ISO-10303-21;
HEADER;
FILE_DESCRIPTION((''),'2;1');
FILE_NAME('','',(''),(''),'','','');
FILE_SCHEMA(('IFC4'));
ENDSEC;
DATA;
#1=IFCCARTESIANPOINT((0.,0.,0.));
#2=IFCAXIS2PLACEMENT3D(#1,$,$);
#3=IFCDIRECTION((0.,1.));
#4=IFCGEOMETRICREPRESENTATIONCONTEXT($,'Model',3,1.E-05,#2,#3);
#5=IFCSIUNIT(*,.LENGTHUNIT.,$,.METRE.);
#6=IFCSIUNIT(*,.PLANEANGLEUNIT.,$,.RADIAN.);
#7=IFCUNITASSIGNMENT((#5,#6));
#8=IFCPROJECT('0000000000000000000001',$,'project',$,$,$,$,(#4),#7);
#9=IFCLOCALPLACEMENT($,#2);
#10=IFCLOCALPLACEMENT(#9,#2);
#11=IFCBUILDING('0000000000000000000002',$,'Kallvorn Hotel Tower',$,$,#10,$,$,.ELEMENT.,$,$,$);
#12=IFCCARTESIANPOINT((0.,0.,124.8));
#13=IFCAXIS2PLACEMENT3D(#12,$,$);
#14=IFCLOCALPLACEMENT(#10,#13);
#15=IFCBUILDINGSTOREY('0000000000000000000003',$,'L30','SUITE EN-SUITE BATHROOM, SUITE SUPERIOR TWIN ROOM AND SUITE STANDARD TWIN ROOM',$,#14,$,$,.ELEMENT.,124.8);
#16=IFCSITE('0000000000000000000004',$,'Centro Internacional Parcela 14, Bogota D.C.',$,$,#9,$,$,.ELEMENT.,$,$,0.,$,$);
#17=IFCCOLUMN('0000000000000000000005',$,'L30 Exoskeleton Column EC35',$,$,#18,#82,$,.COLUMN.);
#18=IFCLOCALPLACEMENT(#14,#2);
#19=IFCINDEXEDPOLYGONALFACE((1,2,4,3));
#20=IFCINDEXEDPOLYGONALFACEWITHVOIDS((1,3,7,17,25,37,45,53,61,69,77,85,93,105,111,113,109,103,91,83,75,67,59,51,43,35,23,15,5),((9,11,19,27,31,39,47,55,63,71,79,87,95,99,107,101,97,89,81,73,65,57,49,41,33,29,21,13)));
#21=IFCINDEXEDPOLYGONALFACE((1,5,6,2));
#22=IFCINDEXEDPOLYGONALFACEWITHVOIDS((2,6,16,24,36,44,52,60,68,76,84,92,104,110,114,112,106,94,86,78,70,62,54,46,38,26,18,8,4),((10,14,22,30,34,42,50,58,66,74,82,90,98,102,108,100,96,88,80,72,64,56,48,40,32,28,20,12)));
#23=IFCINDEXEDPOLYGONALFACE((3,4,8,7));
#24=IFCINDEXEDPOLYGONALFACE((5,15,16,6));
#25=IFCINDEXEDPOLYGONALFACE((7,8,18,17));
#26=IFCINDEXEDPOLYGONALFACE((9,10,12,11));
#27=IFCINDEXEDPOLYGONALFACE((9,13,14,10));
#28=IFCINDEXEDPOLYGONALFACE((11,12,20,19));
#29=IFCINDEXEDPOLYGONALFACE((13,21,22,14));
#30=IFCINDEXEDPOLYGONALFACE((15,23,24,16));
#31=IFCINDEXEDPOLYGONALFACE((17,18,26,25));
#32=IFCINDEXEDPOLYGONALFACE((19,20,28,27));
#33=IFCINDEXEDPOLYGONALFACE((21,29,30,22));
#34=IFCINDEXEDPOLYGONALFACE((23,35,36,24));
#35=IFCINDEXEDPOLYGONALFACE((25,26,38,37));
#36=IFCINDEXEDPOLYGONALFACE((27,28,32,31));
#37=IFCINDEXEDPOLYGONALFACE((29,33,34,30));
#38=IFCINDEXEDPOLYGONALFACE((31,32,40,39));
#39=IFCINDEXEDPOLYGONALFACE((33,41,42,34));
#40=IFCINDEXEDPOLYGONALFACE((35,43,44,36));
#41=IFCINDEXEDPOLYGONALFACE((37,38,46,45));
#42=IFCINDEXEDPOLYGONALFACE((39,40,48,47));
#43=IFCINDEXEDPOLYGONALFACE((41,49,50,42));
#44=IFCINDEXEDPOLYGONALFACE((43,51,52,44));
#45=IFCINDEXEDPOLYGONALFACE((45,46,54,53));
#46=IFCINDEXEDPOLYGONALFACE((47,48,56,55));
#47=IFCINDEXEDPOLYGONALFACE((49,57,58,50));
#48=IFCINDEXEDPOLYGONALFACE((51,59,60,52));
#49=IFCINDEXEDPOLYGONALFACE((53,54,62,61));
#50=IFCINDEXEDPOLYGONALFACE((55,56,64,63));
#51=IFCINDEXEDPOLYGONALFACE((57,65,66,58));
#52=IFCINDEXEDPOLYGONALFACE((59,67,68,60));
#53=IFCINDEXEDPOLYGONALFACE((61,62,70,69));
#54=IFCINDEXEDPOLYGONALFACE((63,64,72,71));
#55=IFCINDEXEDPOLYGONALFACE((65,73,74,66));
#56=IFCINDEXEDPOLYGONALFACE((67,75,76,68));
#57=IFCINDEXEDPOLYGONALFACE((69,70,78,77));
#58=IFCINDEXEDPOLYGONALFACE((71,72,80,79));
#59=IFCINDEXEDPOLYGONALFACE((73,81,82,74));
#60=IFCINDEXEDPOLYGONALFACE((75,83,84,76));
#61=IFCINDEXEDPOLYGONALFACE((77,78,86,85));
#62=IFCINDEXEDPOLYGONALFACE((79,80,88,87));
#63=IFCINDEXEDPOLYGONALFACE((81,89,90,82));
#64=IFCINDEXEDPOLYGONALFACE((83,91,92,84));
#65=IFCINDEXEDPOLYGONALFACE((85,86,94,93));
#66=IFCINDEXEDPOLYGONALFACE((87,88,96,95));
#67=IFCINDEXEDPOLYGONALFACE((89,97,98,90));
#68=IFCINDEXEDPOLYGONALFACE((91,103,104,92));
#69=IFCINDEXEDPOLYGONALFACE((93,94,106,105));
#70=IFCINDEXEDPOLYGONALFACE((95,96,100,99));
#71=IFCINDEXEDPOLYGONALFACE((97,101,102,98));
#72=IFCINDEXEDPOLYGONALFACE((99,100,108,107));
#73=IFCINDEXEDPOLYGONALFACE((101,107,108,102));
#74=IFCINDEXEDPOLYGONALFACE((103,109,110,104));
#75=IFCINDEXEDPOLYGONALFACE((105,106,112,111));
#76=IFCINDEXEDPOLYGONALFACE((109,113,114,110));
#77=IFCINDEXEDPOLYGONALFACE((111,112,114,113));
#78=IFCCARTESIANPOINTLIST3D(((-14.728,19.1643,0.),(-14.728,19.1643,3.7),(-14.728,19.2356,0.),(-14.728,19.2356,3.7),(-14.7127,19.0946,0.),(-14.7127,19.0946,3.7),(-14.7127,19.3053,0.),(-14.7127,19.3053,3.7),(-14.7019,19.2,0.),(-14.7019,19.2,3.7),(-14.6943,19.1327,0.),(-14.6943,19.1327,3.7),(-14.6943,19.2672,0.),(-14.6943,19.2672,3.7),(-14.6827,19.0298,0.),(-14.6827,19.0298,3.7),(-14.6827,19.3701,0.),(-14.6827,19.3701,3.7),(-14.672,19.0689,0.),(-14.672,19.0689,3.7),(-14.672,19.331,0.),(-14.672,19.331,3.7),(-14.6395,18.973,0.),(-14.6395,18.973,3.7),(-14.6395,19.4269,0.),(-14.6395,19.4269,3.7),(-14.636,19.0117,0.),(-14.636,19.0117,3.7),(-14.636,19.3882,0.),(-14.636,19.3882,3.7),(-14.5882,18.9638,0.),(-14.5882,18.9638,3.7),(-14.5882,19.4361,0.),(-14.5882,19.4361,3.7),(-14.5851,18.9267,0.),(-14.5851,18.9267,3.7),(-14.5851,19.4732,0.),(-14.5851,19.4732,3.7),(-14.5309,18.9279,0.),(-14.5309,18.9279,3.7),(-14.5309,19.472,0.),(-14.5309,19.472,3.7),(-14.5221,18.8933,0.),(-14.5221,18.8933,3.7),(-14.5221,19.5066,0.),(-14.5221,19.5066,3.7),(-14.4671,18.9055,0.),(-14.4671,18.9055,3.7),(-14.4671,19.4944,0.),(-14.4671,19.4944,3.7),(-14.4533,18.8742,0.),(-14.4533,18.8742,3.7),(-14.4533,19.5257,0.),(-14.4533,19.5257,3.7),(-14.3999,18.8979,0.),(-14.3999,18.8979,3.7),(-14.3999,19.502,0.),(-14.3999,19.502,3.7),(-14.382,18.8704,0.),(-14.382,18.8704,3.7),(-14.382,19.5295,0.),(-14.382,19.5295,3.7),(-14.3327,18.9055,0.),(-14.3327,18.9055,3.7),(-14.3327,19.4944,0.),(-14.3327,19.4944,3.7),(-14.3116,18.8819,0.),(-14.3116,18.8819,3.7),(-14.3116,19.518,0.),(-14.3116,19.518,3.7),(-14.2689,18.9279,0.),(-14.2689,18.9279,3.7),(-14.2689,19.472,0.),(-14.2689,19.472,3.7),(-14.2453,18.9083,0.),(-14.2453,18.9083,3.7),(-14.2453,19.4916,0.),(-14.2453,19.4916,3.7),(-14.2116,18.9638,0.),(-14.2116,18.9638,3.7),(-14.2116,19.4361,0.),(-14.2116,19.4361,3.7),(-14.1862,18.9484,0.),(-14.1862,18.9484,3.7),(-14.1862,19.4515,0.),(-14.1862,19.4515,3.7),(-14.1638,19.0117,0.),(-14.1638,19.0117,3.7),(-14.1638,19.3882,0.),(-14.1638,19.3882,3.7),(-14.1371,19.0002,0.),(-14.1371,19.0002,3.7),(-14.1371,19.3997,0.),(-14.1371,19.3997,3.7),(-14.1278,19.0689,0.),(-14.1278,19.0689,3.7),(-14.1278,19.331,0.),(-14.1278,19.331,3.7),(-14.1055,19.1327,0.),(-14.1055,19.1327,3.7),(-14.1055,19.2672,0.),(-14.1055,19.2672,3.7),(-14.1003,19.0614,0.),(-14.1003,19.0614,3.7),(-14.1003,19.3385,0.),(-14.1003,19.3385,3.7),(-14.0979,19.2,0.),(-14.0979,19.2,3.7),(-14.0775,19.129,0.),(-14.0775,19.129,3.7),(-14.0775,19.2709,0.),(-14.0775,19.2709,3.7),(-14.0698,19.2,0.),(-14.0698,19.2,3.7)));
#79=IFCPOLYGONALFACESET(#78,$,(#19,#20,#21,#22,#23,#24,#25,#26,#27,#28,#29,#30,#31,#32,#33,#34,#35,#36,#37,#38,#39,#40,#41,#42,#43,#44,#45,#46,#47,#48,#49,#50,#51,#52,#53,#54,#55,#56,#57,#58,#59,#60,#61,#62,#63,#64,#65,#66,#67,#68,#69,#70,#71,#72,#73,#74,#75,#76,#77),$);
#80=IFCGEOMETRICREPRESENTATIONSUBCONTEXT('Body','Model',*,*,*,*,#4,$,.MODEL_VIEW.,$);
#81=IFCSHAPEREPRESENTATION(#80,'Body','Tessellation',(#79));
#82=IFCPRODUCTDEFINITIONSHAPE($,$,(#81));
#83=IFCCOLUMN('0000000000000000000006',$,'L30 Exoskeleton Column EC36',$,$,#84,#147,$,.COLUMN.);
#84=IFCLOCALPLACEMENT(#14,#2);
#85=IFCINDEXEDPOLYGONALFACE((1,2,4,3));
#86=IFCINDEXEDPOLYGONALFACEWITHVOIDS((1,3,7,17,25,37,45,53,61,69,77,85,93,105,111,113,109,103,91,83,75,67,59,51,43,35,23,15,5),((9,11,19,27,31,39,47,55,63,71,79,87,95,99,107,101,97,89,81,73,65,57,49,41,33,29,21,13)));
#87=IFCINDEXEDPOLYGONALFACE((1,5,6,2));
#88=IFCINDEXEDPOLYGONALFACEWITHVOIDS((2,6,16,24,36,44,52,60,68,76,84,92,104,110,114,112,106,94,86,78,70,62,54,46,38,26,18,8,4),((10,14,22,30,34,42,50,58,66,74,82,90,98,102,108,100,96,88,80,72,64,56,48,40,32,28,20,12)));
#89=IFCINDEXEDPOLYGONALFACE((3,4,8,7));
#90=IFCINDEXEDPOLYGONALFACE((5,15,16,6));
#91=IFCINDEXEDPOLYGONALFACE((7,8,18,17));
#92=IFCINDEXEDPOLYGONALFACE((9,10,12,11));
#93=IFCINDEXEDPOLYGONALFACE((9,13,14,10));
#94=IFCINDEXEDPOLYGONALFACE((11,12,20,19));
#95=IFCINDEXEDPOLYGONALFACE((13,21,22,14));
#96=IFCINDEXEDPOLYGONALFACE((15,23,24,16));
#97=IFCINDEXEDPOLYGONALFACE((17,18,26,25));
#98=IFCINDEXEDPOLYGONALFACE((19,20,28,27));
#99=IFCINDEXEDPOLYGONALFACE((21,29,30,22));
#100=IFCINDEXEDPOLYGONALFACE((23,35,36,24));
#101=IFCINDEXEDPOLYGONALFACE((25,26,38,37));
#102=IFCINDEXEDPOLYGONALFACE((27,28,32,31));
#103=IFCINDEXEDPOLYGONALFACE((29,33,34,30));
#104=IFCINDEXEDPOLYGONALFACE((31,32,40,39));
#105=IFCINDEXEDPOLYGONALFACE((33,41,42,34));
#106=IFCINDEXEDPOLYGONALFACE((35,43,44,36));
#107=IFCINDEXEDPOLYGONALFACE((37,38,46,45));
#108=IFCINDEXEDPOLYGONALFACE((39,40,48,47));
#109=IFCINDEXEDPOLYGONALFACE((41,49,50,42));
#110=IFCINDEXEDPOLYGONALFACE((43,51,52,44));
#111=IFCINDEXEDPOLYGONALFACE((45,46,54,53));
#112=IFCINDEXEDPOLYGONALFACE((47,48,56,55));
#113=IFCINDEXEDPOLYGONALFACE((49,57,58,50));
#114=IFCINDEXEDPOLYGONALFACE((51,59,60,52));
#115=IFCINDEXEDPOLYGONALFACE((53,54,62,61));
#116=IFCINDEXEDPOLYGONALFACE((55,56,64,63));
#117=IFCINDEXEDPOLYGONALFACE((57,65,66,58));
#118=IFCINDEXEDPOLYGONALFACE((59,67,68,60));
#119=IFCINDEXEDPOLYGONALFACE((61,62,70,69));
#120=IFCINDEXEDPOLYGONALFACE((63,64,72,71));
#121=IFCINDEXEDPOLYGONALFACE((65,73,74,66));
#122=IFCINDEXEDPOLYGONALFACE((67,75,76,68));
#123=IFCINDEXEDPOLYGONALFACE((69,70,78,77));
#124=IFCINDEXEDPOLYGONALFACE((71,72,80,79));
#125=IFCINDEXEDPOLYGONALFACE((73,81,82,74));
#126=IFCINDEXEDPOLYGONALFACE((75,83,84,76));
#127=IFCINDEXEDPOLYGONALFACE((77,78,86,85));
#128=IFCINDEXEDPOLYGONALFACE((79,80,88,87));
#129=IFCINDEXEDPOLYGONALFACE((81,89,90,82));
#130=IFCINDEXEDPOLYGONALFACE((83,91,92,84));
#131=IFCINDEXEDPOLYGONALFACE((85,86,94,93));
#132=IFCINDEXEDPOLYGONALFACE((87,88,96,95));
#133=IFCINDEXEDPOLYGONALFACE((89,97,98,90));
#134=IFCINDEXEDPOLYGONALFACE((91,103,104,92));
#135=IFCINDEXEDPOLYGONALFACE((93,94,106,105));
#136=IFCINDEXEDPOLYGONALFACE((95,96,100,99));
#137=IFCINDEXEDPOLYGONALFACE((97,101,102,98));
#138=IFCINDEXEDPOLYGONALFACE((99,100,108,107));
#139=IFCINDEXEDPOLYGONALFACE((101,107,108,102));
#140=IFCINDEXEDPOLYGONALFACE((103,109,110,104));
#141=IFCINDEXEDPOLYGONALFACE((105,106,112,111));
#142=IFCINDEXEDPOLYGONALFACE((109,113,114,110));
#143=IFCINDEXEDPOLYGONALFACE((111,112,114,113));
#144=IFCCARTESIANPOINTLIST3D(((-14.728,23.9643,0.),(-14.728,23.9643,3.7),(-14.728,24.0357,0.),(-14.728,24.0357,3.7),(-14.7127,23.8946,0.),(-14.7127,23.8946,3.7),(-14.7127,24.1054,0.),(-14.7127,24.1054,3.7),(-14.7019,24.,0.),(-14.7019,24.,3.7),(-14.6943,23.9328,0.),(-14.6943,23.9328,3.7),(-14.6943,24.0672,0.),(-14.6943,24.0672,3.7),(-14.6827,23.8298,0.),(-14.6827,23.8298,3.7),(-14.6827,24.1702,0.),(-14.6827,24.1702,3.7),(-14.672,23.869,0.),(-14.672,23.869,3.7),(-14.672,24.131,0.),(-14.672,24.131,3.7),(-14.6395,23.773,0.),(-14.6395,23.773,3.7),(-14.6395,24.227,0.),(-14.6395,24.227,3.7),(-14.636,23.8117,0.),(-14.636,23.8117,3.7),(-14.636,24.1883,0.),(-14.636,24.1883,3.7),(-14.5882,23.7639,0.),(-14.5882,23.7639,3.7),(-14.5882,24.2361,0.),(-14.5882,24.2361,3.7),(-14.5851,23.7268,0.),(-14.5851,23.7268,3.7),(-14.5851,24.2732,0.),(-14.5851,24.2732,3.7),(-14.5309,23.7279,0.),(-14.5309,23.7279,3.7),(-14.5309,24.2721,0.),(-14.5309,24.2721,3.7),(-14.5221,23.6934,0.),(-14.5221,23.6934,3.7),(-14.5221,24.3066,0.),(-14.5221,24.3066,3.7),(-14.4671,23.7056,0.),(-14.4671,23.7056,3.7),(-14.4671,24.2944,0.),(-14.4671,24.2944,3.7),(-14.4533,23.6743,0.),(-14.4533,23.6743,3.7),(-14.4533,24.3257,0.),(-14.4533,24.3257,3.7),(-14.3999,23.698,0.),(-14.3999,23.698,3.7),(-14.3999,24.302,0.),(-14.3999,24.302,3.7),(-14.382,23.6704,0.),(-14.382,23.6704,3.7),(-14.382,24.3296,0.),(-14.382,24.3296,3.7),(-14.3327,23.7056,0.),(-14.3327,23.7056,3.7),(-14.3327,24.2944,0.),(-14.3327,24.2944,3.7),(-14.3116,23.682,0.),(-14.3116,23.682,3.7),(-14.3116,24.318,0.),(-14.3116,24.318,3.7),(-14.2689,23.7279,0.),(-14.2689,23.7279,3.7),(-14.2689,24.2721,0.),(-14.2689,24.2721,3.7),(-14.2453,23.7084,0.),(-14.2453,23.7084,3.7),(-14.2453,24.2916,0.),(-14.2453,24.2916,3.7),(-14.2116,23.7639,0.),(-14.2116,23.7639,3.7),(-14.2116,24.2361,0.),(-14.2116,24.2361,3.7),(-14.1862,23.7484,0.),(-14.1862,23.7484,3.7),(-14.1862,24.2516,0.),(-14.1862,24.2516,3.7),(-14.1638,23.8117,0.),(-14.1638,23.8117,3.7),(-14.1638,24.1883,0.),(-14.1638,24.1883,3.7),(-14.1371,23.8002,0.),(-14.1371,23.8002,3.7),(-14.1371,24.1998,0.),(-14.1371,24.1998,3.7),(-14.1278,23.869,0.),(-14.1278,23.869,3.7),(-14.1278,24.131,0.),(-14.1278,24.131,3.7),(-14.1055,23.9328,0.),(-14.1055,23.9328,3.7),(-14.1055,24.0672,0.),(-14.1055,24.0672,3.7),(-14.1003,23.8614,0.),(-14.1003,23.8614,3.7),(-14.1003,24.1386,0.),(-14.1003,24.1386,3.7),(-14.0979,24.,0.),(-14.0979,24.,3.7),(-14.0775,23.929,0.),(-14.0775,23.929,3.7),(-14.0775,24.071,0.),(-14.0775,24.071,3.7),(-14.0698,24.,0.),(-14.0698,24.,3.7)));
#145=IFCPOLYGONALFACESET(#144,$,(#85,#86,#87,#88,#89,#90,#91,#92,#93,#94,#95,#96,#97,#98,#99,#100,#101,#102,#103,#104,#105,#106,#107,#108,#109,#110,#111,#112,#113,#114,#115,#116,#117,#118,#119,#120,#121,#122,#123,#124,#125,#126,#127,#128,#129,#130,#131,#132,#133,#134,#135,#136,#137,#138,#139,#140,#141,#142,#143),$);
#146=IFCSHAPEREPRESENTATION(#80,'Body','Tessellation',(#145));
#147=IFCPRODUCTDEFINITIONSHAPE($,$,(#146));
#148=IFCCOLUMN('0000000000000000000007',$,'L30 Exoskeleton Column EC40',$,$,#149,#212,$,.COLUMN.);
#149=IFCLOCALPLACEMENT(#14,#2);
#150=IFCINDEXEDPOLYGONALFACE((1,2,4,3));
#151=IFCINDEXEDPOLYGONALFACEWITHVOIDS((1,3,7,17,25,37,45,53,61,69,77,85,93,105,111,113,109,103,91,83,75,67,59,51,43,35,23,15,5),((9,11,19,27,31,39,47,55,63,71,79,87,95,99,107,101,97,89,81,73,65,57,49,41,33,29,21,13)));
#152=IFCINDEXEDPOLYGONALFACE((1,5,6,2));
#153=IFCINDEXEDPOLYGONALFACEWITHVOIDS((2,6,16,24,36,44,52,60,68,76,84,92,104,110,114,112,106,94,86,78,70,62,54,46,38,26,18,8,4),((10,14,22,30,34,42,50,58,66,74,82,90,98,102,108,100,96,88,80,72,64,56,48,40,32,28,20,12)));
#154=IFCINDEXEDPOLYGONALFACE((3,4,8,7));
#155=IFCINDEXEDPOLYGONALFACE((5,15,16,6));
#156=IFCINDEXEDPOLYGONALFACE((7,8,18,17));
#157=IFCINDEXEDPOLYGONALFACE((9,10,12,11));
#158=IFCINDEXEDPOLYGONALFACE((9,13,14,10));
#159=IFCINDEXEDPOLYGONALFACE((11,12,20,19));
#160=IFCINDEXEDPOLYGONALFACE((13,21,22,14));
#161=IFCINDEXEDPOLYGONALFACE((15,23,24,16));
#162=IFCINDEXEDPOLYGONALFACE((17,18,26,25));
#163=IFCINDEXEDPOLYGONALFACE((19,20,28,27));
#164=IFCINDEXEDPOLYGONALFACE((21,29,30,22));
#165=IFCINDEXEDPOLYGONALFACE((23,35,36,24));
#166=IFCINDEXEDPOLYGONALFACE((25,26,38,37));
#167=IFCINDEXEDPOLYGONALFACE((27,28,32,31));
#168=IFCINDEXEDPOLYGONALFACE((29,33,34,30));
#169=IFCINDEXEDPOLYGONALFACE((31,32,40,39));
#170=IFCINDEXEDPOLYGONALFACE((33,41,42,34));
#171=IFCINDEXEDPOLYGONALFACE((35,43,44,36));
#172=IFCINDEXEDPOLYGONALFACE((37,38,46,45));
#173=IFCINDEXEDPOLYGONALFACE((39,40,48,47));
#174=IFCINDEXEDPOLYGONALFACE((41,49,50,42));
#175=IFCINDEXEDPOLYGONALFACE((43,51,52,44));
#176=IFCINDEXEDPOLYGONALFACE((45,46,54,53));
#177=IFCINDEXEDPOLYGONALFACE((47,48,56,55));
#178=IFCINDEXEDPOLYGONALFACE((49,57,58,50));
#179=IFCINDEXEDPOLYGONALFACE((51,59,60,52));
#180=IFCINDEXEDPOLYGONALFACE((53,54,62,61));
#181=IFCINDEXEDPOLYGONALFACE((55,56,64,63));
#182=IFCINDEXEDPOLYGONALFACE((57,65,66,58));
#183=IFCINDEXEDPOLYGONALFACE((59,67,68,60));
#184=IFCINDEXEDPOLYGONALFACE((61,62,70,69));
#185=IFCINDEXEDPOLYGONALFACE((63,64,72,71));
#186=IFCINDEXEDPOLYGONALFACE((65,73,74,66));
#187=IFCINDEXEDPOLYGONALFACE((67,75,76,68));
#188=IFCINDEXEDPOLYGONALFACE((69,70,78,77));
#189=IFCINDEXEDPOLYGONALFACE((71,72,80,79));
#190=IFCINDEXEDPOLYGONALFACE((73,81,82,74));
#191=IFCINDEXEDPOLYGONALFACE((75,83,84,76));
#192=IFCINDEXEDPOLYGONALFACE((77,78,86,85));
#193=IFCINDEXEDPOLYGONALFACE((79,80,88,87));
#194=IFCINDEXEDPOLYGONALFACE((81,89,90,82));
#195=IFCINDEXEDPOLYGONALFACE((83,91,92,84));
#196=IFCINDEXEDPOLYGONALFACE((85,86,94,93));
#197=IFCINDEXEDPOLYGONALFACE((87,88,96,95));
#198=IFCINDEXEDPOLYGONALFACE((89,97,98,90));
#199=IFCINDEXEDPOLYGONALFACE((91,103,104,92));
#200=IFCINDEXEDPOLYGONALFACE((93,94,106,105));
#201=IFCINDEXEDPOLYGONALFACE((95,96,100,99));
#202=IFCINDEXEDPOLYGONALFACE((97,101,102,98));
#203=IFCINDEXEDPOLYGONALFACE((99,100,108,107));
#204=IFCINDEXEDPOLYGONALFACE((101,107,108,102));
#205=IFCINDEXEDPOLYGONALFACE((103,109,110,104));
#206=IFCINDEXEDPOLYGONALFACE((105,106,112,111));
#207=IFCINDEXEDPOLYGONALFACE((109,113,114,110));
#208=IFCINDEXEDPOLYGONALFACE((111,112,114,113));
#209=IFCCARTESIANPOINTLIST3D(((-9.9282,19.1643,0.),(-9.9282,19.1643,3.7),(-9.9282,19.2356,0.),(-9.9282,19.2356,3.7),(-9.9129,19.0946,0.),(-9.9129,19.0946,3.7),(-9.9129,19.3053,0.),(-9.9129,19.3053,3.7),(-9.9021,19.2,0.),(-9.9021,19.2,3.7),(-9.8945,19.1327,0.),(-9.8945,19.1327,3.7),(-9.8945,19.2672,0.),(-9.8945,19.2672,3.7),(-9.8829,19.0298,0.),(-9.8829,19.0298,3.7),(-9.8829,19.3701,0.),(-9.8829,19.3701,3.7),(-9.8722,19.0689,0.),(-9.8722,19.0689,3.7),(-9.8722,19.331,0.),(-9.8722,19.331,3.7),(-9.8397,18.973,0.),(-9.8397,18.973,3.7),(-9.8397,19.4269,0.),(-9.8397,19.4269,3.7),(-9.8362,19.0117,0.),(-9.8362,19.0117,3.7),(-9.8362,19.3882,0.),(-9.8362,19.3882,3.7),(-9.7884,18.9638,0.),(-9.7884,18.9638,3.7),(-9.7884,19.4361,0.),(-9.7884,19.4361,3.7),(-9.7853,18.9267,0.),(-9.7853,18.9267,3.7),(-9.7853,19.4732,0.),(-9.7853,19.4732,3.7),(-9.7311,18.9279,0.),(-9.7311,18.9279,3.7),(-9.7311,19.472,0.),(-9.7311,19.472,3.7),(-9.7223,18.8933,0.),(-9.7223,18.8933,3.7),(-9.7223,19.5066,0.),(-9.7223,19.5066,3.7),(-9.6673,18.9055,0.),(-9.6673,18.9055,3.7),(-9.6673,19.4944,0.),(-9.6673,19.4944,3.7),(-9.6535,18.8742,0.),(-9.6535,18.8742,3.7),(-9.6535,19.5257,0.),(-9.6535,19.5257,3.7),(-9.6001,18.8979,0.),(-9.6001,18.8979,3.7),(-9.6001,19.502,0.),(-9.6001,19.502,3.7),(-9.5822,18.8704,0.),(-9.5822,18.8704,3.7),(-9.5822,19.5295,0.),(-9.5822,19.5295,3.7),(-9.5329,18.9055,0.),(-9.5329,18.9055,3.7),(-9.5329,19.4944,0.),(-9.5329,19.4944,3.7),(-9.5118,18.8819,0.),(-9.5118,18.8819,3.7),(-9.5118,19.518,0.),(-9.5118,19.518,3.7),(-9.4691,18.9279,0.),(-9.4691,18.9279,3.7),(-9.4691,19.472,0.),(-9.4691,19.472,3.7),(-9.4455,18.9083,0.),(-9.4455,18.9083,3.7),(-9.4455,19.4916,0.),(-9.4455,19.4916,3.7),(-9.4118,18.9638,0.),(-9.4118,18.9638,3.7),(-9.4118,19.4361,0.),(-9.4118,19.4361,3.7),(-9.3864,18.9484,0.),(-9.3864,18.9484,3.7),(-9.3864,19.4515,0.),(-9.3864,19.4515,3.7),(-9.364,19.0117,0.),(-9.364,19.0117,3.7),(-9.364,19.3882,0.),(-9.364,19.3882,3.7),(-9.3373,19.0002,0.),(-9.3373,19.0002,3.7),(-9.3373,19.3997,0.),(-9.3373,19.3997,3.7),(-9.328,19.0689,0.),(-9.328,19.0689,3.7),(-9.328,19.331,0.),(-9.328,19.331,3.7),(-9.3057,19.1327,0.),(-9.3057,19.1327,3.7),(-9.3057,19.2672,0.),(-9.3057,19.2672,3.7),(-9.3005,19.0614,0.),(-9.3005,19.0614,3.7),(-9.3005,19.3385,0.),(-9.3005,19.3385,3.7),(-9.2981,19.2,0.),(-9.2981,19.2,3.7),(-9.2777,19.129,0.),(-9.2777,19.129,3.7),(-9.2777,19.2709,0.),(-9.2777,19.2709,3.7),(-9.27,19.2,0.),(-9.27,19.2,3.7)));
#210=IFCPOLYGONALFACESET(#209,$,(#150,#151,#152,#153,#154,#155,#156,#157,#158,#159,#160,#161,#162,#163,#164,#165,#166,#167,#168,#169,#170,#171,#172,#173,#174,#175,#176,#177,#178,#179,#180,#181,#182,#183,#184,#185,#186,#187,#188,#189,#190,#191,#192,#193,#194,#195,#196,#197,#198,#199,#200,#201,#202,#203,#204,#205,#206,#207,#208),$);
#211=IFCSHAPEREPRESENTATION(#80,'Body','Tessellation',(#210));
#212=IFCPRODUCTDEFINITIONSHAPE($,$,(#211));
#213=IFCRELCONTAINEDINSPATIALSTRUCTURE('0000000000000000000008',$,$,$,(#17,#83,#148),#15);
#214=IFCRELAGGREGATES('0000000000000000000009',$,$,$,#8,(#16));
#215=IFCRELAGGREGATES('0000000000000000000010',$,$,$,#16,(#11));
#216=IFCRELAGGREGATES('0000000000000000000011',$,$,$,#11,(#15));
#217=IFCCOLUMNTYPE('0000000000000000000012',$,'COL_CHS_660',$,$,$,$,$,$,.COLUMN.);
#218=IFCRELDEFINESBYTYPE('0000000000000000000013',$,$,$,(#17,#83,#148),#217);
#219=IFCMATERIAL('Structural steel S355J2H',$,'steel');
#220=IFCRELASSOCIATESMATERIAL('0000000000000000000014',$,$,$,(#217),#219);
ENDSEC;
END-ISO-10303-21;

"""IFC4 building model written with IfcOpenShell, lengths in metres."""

from ifc_helpers import new_model, si_unit, direction, frame, origin, origin_2d, place, context, subcontext, project, spatial, hollow_circle, extrude, material, material_profile, profile_set, type_object, element, save


model = new_model("IFC4")

# Units and contexts
model_context = context("Model", 3, precision=1e-05, world=origin(), true_north=direction((0.0, 1.0)))
body_context = subcontext(model_context, "Body", "Model", "MODEL_VIEW")
ifc_project = project(units=[si_unit("LENGTHUNIT", "METRE"), si_unit("PLANEANGLEUNIT", "RADIAN")], contexts=[model_context])

# Site, building, storey
site_placement = place(None, origin())
site = spatial("IfcSite", under=ifc_project, at=site_placement, Name="Centro Internacional Parcela 14, Bogota D.C.", CompositionType="ELEMENT", RefElevation=0.0)
building_placement = place(site_placement, origin())
building = spatial("IfcBuilding", under=site, at=building_placement, Name="Kallvorn Hotel Tower", CompositionType="ELEMENT")
storey_placement = place(building_placement, frame((0.0, 0.0, 124.8)))
storey = spatial("IfcBuildingStorey", under=building, at=storey_placement, Name="L30", Description="SUITE EN-SUITE BATHROOM, SUITE SUPERIOR TWIN ROOM AND SUITE STANDARD TWIN ROOM", CompositionType="ELEMENT", Elevation=124.8)

# Columns
ifc_material_1 = material(Name="Structural steel S355J2H", Category="steel")
ifc_material_profile_1 = material_profile(ifc_material_1, hollow_circle(Radius=0.3301, WallThickness=0.0281, at=origin_2d()), Name="CHS 660x28")
ifc_profile_set_1 = profile_set([ifc_material_profile_1], Name="Structural steel S355J2H")
column_type_1 = type_object("IfcColumnType", Name="COL_CHS_660", PredefinedType="COLUMN", material=ifc_profile_set_1)
for number, where, z_axis, x_axis, name in (
    (1, (-14.3999, 19.2, 0.0), (0.0, 0.0, 1.0), (1.0, 0.0, 0.0), "L30 Exoskeleton Column EC35"),
    (2, (-14.3999, 24.0, 0.0), (0.0, 0.0, 1.0), (1.0, 0.0, 0.0), "L30 Exoskeleton Column EC36"),
    (3, (-9.6001, 19.2, 0.0), (0.0, 0.0, 1.0), (1.0, 0.0, 0.0), "L30 Exoskeleton Column EC40"),
):
    element("IfcColumn", number, at=place(storey_placement, frame(where, z_axis=z_axis, x_axis=x_axis)), inside=storey, type_object=column_type_1, Name=name, PredefinedType="COLUMN", context=body_context, shape_type="SweptSolid", body=[
        extrude(hollow_circle(Radius=0.3301, WallThickness=0.0281, at=origin_2d()), origin(), (0.0, 0.0, 1.0), 3.7),
    ])

save(model, "model.ifc")
